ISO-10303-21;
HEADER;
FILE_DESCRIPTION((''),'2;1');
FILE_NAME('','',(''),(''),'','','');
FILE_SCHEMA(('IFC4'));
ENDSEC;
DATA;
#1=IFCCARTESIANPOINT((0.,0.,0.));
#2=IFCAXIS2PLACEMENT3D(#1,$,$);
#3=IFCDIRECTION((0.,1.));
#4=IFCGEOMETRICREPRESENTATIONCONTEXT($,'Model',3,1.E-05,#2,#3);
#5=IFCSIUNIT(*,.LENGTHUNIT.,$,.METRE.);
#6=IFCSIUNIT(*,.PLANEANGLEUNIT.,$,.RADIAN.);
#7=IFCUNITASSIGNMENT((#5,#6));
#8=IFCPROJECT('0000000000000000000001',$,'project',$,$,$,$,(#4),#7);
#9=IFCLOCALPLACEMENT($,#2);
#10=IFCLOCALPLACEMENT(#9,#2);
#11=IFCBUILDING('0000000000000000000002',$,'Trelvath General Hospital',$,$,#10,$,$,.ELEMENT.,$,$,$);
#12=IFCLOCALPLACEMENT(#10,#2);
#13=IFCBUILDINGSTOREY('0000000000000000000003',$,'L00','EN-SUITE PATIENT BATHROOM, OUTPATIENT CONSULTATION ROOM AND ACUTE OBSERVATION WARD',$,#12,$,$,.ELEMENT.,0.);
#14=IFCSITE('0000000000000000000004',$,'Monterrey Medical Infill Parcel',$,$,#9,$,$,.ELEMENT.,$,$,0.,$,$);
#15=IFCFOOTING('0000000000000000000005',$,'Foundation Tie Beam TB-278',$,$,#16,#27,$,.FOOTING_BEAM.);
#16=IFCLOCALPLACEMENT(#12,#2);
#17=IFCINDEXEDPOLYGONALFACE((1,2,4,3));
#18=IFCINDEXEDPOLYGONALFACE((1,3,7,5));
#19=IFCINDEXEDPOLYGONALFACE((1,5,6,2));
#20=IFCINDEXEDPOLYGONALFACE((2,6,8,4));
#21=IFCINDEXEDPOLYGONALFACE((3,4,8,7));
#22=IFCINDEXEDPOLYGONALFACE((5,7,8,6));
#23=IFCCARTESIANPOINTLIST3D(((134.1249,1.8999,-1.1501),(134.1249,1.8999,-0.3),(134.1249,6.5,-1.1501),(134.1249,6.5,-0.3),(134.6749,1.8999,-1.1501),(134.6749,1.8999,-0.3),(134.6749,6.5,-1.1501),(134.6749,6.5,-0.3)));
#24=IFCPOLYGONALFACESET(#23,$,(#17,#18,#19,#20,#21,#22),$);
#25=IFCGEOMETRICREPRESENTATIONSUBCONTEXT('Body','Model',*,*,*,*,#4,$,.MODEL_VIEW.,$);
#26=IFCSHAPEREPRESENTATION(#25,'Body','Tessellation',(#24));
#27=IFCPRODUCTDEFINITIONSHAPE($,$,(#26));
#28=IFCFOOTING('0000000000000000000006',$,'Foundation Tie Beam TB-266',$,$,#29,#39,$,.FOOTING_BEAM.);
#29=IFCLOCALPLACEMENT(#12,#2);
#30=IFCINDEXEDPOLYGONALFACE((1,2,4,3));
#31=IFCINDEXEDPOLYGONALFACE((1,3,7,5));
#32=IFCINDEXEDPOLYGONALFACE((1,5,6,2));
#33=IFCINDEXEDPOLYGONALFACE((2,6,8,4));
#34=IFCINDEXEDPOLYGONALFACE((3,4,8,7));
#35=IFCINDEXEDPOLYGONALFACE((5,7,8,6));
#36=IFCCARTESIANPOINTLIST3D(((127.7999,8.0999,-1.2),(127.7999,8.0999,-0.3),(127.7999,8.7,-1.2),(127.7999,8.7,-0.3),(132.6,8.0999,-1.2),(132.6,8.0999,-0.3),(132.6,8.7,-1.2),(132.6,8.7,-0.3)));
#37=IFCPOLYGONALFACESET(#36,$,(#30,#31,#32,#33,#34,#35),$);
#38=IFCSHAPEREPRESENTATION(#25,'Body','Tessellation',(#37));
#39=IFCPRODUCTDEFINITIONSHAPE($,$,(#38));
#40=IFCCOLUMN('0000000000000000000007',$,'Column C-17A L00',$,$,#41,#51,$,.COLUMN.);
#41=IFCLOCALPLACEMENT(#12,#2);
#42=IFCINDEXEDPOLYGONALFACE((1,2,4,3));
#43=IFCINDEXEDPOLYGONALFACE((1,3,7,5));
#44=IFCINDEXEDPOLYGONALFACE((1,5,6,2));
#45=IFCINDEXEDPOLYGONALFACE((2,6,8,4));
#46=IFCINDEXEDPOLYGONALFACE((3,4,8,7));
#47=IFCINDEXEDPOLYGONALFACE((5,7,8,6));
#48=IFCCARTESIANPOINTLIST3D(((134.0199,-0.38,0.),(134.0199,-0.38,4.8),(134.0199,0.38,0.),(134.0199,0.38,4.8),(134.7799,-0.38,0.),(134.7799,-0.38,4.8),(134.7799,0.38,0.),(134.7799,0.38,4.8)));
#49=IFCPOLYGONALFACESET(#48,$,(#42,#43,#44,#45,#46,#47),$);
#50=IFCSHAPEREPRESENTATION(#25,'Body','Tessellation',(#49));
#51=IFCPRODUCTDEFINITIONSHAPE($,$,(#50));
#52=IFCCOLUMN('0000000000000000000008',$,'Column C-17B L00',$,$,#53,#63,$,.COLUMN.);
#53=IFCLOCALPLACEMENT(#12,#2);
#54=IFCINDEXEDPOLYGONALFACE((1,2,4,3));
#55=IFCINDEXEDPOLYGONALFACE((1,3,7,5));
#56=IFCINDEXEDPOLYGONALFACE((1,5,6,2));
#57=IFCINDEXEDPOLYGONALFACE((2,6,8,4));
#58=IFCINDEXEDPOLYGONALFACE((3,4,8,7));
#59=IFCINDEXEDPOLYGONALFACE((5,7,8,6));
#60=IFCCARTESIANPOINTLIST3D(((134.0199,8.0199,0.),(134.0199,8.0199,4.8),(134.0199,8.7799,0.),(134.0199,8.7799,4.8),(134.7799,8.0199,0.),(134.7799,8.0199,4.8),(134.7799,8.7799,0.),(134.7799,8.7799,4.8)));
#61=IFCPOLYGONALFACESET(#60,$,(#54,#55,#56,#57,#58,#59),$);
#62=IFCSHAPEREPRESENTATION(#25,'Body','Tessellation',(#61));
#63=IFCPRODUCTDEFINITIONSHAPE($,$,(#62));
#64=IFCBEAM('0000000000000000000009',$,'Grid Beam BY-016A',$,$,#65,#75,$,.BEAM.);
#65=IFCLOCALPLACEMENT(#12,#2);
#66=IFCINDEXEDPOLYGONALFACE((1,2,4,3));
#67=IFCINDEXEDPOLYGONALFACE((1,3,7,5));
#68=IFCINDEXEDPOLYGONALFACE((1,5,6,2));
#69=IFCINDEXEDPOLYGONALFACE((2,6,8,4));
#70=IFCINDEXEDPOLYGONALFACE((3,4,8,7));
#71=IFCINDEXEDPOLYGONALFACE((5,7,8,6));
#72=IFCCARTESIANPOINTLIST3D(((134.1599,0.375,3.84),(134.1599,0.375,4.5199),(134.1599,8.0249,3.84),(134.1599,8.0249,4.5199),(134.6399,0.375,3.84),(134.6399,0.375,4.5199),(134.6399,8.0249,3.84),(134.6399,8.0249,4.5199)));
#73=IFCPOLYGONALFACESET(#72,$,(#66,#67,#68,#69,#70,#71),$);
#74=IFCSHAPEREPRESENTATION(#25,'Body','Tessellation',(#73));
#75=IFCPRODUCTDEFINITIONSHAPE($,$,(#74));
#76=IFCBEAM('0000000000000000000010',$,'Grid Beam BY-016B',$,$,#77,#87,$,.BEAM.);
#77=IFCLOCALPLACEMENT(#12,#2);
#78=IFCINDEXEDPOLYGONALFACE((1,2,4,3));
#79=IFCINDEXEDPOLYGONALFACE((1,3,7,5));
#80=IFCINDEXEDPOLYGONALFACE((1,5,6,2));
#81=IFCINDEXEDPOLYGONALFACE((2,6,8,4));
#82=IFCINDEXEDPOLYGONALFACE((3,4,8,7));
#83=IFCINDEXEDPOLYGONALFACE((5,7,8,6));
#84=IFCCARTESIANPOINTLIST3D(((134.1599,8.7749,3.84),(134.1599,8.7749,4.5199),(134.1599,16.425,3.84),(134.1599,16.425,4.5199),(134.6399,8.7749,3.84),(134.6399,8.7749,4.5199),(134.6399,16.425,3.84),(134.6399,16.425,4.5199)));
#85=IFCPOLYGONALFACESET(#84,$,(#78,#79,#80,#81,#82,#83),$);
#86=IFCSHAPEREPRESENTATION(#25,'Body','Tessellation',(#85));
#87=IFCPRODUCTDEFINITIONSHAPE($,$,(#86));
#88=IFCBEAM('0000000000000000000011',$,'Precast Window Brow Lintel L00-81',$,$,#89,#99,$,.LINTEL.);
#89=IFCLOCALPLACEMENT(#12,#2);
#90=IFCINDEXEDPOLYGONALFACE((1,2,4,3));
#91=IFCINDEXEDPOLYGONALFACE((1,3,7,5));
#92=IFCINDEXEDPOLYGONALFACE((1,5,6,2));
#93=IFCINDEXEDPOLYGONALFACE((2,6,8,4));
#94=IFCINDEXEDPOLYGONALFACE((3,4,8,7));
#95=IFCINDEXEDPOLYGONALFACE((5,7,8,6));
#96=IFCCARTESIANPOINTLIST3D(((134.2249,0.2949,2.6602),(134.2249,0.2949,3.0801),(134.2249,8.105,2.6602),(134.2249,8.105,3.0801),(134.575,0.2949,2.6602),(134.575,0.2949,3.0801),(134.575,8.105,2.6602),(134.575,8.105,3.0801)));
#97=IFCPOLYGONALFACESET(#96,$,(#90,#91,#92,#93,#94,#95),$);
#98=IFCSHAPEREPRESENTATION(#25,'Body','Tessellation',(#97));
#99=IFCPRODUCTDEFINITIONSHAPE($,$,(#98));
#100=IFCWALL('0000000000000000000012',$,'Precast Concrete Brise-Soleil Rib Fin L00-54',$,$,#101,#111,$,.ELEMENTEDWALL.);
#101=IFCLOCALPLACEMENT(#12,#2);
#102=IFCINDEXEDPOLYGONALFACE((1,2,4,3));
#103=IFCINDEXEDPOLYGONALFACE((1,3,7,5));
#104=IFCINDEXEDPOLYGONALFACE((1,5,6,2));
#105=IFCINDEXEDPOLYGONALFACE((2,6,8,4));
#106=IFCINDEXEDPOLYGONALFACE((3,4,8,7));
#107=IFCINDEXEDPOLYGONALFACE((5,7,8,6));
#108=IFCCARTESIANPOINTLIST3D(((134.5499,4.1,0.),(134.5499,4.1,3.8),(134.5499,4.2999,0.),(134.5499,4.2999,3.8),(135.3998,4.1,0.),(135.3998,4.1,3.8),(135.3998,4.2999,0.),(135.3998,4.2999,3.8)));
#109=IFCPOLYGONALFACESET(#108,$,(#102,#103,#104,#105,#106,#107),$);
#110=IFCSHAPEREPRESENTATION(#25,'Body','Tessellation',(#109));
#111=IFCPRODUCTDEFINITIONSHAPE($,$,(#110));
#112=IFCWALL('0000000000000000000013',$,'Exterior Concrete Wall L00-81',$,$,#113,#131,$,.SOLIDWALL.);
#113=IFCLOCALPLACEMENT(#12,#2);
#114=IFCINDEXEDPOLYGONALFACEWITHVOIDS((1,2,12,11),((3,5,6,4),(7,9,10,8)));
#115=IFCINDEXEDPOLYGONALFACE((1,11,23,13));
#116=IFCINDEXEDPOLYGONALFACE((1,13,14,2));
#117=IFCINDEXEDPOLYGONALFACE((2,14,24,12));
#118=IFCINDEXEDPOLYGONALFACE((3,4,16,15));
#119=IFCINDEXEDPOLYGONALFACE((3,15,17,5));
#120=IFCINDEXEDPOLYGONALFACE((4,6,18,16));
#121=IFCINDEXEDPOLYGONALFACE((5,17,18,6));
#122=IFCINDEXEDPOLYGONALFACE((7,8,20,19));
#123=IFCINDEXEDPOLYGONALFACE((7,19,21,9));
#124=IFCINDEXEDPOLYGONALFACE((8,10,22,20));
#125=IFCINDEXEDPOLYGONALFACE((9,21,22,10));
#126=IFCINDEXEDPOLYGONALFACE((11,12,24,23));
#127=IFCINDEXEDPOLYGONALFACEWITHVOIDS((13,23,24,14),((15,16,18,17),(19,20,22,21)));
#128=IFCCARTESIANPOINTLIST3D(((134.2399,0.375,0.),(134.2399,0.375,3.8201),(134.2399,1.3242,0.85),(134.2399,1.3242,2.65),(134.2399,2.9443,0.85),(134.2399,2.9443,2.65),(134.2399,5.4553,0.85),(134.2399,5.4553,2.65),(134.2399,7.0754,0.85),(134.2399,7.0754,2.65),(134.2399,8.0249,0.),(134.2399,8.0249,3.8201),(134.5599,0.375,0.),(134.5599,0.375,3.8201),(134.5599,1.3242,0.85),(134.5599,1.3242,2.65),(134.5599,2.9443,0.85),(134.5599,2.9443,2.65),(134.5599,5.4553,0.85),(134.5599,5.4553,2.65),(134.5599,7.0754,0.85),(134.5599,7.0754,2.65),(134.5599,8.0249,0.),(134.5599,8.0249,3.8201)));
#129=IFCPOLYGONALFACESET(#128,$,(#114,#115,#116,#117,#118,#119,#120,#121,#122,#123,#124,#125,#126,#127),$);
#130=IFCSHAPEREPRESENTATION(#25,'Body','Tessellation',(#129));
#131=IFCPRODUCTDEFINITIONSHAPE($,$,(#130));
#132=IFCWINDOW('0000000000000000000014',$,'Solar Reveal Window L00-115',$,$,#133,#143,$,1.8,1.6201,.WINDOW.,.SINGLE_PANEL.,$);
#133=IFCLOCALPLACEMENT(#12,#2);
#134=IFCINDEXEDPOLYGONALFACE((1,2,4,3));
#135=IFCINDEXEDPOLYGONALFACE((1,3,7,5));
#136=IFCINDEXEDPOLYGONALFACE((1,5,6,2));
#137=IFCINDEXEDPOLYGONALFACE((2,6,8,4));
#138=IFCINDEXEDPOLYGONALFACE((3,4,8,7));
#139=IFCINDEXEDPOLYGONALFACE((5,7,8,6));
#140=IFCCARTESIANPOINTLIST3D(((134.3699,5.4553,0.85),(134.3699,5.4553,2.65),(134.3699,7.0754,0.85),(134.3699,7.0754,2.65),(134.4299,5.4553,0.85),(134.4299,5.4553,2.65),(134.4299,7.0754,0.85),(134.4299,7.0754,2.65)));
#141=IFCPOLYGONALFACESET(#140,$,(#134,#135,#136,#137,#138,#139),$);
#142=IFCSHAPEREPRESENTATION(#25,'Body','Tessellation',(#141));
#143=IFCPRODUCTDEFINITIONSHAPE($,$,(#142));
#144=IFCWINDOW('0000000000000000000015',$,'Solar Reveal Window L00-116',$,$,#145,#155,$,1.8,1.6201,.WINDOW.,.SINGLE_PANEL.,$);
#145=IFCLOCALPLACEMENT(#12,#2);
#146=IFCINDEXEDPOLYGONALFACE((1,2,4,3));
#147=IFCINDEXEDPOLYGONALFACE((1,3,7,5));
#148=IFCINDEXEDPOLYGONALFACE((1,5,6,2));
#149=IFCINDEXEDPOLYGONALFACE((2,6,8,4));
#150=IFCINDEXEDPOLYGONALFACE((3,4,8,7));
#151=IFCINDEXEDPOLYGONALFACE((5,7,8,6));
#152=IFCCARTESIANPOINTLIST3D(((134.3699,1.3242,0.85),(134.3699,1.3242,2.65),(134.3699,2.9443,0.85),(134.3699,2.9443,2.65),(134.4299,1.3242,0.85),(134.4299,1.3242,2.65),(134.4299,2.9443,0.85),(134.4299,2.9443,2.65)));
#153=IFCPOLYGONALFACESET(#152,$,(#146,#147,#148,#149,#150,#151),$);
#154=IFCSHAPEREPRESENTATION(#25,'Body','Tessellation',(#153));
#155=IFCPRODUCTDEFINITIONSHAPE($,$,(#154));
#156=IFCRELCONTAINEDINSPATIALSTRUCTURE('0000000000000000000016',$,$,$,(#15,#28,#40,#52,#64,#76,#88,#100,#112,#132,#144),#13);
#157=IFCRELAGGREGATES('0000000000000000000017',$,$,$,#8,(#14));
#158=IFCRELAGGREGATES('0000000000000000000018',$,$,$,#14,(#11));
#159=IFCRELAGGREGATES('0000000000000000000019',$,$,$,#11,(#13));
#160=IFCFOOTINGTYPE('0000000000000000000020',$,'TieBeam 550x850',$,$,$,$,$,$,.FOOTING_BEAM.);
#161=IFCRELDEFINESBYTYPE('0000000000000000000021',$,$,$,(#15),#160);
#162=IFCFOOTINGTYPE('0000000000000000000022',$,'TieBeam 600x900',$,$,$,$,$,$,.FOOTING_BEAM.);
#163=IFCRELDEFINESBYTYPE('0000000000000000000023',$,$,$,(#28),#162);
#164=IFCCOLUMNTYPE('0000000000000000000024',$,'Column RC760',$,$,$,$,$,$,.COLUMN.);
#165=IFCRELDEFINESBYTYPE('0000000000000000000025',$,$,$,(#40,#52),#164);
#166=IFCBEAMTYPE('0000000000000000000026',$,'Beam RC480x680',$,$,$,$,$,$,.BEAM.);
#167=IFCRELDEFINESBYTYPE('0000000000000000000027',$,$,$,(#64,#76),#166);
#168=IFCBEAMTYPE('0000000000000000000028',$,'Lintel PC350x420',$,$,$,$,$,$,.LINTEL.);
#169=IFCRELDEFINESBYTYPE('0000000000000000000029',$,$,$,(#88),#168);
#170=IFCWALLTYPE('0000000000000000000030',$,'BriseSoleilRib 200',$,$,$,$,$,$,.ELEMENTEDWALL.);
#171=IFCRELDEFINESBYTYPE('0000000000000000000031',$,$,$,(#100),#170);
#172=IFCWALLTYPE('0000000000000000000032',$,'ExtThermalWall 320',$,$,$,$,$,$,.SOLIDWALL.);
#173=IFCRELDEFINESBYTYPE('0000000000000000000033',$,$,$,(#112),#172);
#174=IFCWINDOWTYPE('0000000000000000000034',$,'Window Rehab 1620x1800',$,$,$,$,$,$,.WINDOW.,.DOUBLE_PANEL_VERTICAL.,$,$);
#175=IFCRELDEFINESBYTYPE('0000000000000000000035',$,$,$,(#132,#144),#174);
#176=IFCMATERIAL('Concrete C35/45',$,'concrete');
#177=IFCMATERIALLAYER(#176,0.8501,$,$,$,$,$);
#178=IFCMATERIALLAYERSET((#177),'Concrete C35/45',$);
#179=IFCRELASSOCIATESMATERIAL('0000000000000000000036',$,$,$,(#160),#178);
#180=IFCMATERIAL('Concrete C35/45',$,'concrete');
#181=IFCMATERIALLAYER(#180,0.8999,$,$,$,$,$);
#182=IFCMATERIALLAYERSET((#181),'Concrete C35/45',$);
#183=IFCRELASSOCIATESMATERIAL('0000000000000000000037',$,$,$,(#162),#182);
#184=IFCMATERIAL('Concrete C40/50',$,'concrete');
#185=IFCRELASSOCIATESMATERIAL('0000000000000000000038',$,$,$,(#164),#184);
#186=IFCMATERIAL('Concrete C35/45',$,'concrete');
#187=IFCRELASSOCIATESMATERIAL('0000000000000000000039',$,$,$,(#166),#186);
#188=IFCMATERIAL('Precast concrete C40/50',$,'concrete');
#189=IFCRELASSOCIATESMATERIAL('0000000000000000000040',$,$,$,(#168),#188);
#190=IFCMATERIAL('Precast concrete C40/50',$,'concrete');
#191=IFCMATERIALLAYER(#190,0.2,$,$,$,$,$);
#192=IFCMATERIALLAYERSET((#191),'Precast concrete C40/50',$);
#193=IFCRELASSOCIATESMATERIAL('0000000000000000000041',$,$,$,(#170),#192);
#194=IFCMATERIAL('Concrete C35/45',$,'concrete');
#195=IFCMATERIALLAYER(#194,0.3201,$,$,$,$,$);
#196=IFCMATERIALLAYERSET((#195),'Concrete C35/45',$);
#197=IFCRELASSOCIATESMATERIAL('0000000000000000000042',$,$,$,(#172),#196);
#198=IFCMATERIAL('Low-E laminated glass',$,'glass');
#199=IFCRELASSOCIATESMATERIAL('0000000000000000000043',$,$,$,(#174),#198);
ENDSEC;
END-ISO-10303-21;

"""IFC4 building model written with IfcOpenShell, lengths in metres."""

from ifc_helpers import new_model, si_unit, direction, frame, frame_2d, origin, origin_2d, place, context, subcontext, project, spatial, rectangle, extrude, material, layer, layer_set, material_profile, profile_set, type_object, element, fill, save


model = new_model("IFC4")

# Units and contexts
model_context = context("Model", 3, precision=1e-05, world=origin(), true_north=direction((0.0, 1.0)))
body_context = subcontext(model_context, "Body", "Model", "MODEL_VIEW")
ifc_project = project(units=[si_unit("LENGTHUNIT", "METRE"), si_unit("PLANEANGLEUNIT", "RADIAN")], contexts=[model_context])

# Site, building, storey
site_placement = place(None, origin())
site = spatial("IfcSite", under=ifc_project, at=site_placement, Name="Monterrey Medical Infill Parcel", CompositionType="ELEMENT", RefElevation=0.0)
building_placement = place(site_placement, origin())
building = spatial("IfcBuilding", under=site, at=building_placement, Name="Trelvath General Hospital", CompositionType="ELEMENT")
storey_placement = place(building_placement, origin())
storey = spatial("IfcBuildingStorey", under=building, at=storey_placement, Name="L00", Description="EN-SUITE PATIENT BATHROOM, OUTPATIENT CONSULTATION ROOM AND ACUTE OBSERVATION WARD", CompositionType="ELEMENT", Elevation=0.0)

# Footings
ifc_material_1 = material(Name="Concrete C35/45", Category="concrete")
ifc_layer_1 = layer(ifc_material_1, 0.8501)
ifc_layer_set_1 = layer_set([ifc_layer_1], Name="Concrete C35/45")
footing_type_1 = type_object("IfcFootingType", Name="TieBeam 550x850", PredefinedType="FOOTING_BEAM", material=ifc_layer_set_1)
footing_1_placement = place(storey_placement, frame((134.3999, 4.2, -1.1501), z_axis=(0.0, 0.0, 1.0), x_axis=(1.0, 0.0, 0.0)))
element("IfcFooting", 1, at=footing_1_placement, inside=storey, type_object=footing_type_1, Name="Foundation Tie Beam TB-278", PredefinedType="FOOTING_BEAM", context=body_context, shape_type="SweptSolid", body=[
    extrude(rectangle(XDim=0.55, YDim=4.6001, at=origin_2d()), origin(), (0.0, 0.0, 1.0), 0.8501),
])
ifc_material_2 = material(Name="Concrete C35/45", Category="concrete")
ifc_layer_2 = layer(ifc_material_2, 0.8999)
ifc_layer_set_2 = layer_set([ifc_layer_2], Name="Concrete C35/45")
footing_type_2 = type_object("IfcFootingType", Name="TieBeam 600x900", PredefinedType="FOOTING_BEAM", material=ifc_layer_set_2)
footing_2_placement = place(storey_placement, frame((130.2, 8.3999, -1.2), z_axis=(0.0, 0.0, 1.0), x_axis=(1.0, 0.0, 0.0)))
element("IfcFooting", 2, at=footing_2_placement, inside=storey, type_object=footing_type_2, Name="Foundation Tie Beam TB-266", PredefinedType="FOOTING_BEAM", context=body_context, shape_type="SweptSolid", body=[
    extrude(rectangle(XDim=4.8, YDim=0.6001, at=origin_2d()), origin(), (0.0, 0.0, 1.0), 0.8999),
])

# Columns
ifc_material_3 = material(Name="Concrete C40/50", Category="concrete")
ifc_material_profile_1 = material_profile(ifc_material_3, rectangle(XDim=0.76, YDim=0.76, at=origin_2d()), Name="RC760x760")
ifc_profile_set_1 = profile_set([ifc_material_profile_1], Name="Concrete C40/50")
column_type = type_object("IfcColumnType", Name="Column RC760", PredefinedType="COLUMN", material=ifc_profile_set_1)
for number, where, z_axis, x_axis, name in (
    (3, (134.3999, 0.0, 0.0), (0.0, 0.0, 1.0), (1.0, 0.0, 0.0), "Column C-17A L00"),
    (4, (134.3999, 8.3999, 0.0), (0.0, 0.0, 1.0), (1.0, 0.0, 0.0), "Column C-17B L00"),
):
    element("IfcColumn", number, at=place(storey_placement, frame(where, z_axis=z_axis, x_axis=x_axis)), inside=storey, type_object=column_type, Name=name, PredefinedType="COLUMN", context=body_context, shape_type="SweptSolid", body=[
        extrude(rectangle(XDim=0.76, YDim=0.76, at=origin_2d()), origin(), (0.0, 0.0, 1.0), 4.8),
    ])

# Beams
ifc_material_4 = material(Name="Concrete C35/45", Category="concrete")
ifc_material_profile_2 = material_profile(ifc_material_4, rectangle(XDim=0.48, YDim=0.6799, at=origin_2d()), Name="RCB480x680")
ifc_profile_set_2 = profile_set([ifc_material_profile_2], Name="Concrete C35/45")
beam_type_1 = type_object("IfcBeamType", Name="Beam RC480x680", PredefinedType="BEAM", material=ifc_profile_set_2)
beam_1_placement = place(storey_placement, frame((134.3999, 0.375, 4.1799), z_axis=(0.0, 1.0, 0.0), x_axis=(-1.0, 0.0, 0.0)))
element("IfcBeam", 5, at=beam_1_placement, inside=storey, type_object=beam_type_1, Name="Grid Beam BY-016A", PredefinedType="BEAM", context=body_context, shape_type="SweptSolid", body=[
    extrude(rectangle(XDim=0.48, YDim=0.6799, at=origin_2d()), origin(), (0.0, 0.0, 1.0), 7.6499),
])
beam_2_placement = place(storey_placement, frame((134.3999, 8.7749, 4.1799), z_axis=(0.0, 1.0, 0.0), x_axis=(-1.0, 0.0, 0.0)))
element("IfcBeam", 6, at=beam_2_placement, inside=storey, type_object=beam_type_1, Name="Grid Beam BY-016B", PredefinedType="BEAM", context=body_context, shape_type="SweptSolid", body=[
    extrude(rectangle(XDim=0.48, YDim=0.6799, at=origin_2d()), origin(), (0.0, 0.0, 1.0), 7.6501),
])
ifc_material_5 = material(Name="Precast concrete C40/50", Category="concrete")
ifc_material_profile_3 = material_profile(ifc_material_5, rectangle(XDim=0.3501, YDim=0.4199, at=origin_2d()), Name="PCL350x420")
ifc_profile_set_3 = profile_set([ifc_material_profile_3], Name="Precast concrete C40/50")
beam_type_2 = type_object("IfcBeamType", Name="Lintel PC350x420", PredefinedType="LINTEL", material=ifc_profile_set_3)
beam_3_placement = place(storey_placement, frame((134.3999, 8.105, 2.8701), z_axis=(0.0, -1.0, 0.0), x_axis=(1.0, 0.0, 0.0)))
element("IfcBeam", 7, at=beam_3_placement, inside=storey, type_object=beam_type_2, Name="Precast Window Brow Lintel L00-81", PredefinedType="LINTEL", context=body_context, shape_type="SweptSolid", body=[
    extrude(rectangle(XDim=0.3501, YDim=0.4199, at=origin_2d()), origin(), (0.0, 0.0, 1.0), 7.8101),
])

# Wall
ifc_material_6 = material(Name="Precast concrete C40/50", Category="concrete")
ifc_layer_3 = layer(ifc_material_6, 0.2)
ifc_layer_set_3 = layer_set([ifc_layer_3], Name="Precast concrete C40/50")
wall_type_1 = type_object("IfcWallType", Name="BriseSoleilRib 200", PredefinedType="ELEMENTEDWALL", material=ifc_layer_set_3)
wall_1_placement = place(storey_placement, frame((134.55, 4.2, 0.0), z_axis=(0.0, 0.0, 1.0), x_axis=(1.0, 0.0, 0.0)))
element("IfcWall", 8, at=wall_1_placement, inside=storey, type_object=wall_type_1, Name="Precast Concrete Brise-Soleil Rib Fin L00-54", PredefinedType="ELEMENTEDWALL", context=body_context, shape_type="SweptSolid", body=[
    extrude(rectangle(XDim=0.8499, YDim=0.2, at=frame_2d((0.4248, 0.0))), origin(), (0.0, 0.0, 1.0), 3.8),
])

# Shared definitions
ifc_material_7 = material(Name="Concrete C35/45", Category="concrete")
ifc_layer_4 = layer(ifc_material_7, 0.3201)
ifc_layer_set_4 = layer_set([ifc_layer_4], Name="Concrete C35/45")
wall_type_2 = type_object("IfcWallType", Name="ExtThermalWall 320", PredefinedType="SOLIDWALL", material=ifc_layer_set_4)

# Wall, openings, windows
wall_2_placement = place(storey_placement, frame((134.3999, 8.0249, 0.0), z_axis=(0.0, 0.0, 1.0), x_axis=(0.0, -1.0, 0.0)))
wall_2 = element("IfcWall", 9, at=wall_2_placement, inside=storey, type_object=wall_type_2, Name="Exterior Concrete Wall L00-81", PredefinedType="SOLIDWALL", context=body_context, shape_type="SweptSolid", body=[
    extrude(rectangle(XDim=7.6499, YDim=0.3201, at=frame_2d((3.825, 0.0))), origin(), (0.0, 0.0, 1.0), 3.8201),
])
opening_1_placement = place(wall_2_placement, frame((0.9495, 0.0, 0.8501)))
opening_1 = element("IfcOpeningElement", 10, at=opening_1_placement, cuts=wall_2, PredefinedType="OPENING", context=body_context, shape_type="SweptSolid", body=[
    extrude(rectangle(XDim=1.6201, YDim=1.8, at=frame_2d((0.8101, 0.8999))), frame((0.0, 0.1699, 0.0), z_axis=(0.0, -1.0, 0.0), x_axis=(1.0, 0.0, 0.0)), (0.0, 0.0, 1.0), 0.3401),
])
opening_2_placement = place(wall_2_placement, frame((5.0806, 0.0, 0.8501)))
opening_2 = element("IfcOpeningElement", 11, at=opening_2_placement, cuts=wall_2, PredefinedType="OPENING", context=body_context, shape_type="SweptSolid", body=[
    extrude(rectangle(XDim=1.6201, YDim=1.8, at=frame_2d((0.8101, 0.8999))), frame((0.0, 0.1699, 0.0), z_axis=(0.0, -1.0, 0.0), x_axis=(1.0, 0.0, 0.0)), (0.0, 0.0, 1.0), 0.3401),
])
ifc_material_8 = material(Name="Low-E laminated glass", Category="glass")
window_type = type_object("IfcWindowType", Name="Window Rehab 1620x1800", PartitioningType="DOUBLE_PANEL_VERTICAL", PredefinedType="WINDOW", material=ifc_material_8)
window_1_placement = place(opening_1_placement, origin())
window_1 = element("IfcWindow", 12, at=window_1_placement, inside=storey, type_object=window_type, Name="Solar Reveal Window L00-115", OverallHeight=1.8, OverallWidth=1.6201, PartitioningType="SINGLE_PANEL", PredefinedType="WINDOW", context=body_context, shape_type="SweptSolid", body=[
    extrude(rectangle(XDim=1.6201, YDim=1.8, at=frame_2d((0.8101, 0.8999))), frame((0.0, 0.03, 0.0), z_axis=(0.0, -1.0, 0.0), x_axis=(1.0, 0.0, 0.0)), (0.0, 0.0, 1.0), 0.0601),
])
fill(opening_1, window_1)
window_2_placement = place(opening_2_placement, origin())
window_2 = element("IfcWindow", 13, at=window_2_placement, inside=storey, type_object=window_type, Name="Solar Reveal Window L00-116", OverallHeight=1.8, OverallWidth=1.6201, PartitioningType="SINGLE_PANEL", PredefinedType="WINDOW", context=body_context, shape_type="SweptSolid", body=[
    extrude(rectangle(XDim=1.6201, YDim=1.8, at=frame_2d((0.8101, 0.8999))), frame((0.0, 0.03, 0.0), z_axis=(0.0, -1.0, 0.0), x_axis=(1.0, 0.0, 0.0)), (0.0, 0.0, 1.0), 0.0601),
])
fill(opening_2, window_2)

save(model, "model.ifc")
